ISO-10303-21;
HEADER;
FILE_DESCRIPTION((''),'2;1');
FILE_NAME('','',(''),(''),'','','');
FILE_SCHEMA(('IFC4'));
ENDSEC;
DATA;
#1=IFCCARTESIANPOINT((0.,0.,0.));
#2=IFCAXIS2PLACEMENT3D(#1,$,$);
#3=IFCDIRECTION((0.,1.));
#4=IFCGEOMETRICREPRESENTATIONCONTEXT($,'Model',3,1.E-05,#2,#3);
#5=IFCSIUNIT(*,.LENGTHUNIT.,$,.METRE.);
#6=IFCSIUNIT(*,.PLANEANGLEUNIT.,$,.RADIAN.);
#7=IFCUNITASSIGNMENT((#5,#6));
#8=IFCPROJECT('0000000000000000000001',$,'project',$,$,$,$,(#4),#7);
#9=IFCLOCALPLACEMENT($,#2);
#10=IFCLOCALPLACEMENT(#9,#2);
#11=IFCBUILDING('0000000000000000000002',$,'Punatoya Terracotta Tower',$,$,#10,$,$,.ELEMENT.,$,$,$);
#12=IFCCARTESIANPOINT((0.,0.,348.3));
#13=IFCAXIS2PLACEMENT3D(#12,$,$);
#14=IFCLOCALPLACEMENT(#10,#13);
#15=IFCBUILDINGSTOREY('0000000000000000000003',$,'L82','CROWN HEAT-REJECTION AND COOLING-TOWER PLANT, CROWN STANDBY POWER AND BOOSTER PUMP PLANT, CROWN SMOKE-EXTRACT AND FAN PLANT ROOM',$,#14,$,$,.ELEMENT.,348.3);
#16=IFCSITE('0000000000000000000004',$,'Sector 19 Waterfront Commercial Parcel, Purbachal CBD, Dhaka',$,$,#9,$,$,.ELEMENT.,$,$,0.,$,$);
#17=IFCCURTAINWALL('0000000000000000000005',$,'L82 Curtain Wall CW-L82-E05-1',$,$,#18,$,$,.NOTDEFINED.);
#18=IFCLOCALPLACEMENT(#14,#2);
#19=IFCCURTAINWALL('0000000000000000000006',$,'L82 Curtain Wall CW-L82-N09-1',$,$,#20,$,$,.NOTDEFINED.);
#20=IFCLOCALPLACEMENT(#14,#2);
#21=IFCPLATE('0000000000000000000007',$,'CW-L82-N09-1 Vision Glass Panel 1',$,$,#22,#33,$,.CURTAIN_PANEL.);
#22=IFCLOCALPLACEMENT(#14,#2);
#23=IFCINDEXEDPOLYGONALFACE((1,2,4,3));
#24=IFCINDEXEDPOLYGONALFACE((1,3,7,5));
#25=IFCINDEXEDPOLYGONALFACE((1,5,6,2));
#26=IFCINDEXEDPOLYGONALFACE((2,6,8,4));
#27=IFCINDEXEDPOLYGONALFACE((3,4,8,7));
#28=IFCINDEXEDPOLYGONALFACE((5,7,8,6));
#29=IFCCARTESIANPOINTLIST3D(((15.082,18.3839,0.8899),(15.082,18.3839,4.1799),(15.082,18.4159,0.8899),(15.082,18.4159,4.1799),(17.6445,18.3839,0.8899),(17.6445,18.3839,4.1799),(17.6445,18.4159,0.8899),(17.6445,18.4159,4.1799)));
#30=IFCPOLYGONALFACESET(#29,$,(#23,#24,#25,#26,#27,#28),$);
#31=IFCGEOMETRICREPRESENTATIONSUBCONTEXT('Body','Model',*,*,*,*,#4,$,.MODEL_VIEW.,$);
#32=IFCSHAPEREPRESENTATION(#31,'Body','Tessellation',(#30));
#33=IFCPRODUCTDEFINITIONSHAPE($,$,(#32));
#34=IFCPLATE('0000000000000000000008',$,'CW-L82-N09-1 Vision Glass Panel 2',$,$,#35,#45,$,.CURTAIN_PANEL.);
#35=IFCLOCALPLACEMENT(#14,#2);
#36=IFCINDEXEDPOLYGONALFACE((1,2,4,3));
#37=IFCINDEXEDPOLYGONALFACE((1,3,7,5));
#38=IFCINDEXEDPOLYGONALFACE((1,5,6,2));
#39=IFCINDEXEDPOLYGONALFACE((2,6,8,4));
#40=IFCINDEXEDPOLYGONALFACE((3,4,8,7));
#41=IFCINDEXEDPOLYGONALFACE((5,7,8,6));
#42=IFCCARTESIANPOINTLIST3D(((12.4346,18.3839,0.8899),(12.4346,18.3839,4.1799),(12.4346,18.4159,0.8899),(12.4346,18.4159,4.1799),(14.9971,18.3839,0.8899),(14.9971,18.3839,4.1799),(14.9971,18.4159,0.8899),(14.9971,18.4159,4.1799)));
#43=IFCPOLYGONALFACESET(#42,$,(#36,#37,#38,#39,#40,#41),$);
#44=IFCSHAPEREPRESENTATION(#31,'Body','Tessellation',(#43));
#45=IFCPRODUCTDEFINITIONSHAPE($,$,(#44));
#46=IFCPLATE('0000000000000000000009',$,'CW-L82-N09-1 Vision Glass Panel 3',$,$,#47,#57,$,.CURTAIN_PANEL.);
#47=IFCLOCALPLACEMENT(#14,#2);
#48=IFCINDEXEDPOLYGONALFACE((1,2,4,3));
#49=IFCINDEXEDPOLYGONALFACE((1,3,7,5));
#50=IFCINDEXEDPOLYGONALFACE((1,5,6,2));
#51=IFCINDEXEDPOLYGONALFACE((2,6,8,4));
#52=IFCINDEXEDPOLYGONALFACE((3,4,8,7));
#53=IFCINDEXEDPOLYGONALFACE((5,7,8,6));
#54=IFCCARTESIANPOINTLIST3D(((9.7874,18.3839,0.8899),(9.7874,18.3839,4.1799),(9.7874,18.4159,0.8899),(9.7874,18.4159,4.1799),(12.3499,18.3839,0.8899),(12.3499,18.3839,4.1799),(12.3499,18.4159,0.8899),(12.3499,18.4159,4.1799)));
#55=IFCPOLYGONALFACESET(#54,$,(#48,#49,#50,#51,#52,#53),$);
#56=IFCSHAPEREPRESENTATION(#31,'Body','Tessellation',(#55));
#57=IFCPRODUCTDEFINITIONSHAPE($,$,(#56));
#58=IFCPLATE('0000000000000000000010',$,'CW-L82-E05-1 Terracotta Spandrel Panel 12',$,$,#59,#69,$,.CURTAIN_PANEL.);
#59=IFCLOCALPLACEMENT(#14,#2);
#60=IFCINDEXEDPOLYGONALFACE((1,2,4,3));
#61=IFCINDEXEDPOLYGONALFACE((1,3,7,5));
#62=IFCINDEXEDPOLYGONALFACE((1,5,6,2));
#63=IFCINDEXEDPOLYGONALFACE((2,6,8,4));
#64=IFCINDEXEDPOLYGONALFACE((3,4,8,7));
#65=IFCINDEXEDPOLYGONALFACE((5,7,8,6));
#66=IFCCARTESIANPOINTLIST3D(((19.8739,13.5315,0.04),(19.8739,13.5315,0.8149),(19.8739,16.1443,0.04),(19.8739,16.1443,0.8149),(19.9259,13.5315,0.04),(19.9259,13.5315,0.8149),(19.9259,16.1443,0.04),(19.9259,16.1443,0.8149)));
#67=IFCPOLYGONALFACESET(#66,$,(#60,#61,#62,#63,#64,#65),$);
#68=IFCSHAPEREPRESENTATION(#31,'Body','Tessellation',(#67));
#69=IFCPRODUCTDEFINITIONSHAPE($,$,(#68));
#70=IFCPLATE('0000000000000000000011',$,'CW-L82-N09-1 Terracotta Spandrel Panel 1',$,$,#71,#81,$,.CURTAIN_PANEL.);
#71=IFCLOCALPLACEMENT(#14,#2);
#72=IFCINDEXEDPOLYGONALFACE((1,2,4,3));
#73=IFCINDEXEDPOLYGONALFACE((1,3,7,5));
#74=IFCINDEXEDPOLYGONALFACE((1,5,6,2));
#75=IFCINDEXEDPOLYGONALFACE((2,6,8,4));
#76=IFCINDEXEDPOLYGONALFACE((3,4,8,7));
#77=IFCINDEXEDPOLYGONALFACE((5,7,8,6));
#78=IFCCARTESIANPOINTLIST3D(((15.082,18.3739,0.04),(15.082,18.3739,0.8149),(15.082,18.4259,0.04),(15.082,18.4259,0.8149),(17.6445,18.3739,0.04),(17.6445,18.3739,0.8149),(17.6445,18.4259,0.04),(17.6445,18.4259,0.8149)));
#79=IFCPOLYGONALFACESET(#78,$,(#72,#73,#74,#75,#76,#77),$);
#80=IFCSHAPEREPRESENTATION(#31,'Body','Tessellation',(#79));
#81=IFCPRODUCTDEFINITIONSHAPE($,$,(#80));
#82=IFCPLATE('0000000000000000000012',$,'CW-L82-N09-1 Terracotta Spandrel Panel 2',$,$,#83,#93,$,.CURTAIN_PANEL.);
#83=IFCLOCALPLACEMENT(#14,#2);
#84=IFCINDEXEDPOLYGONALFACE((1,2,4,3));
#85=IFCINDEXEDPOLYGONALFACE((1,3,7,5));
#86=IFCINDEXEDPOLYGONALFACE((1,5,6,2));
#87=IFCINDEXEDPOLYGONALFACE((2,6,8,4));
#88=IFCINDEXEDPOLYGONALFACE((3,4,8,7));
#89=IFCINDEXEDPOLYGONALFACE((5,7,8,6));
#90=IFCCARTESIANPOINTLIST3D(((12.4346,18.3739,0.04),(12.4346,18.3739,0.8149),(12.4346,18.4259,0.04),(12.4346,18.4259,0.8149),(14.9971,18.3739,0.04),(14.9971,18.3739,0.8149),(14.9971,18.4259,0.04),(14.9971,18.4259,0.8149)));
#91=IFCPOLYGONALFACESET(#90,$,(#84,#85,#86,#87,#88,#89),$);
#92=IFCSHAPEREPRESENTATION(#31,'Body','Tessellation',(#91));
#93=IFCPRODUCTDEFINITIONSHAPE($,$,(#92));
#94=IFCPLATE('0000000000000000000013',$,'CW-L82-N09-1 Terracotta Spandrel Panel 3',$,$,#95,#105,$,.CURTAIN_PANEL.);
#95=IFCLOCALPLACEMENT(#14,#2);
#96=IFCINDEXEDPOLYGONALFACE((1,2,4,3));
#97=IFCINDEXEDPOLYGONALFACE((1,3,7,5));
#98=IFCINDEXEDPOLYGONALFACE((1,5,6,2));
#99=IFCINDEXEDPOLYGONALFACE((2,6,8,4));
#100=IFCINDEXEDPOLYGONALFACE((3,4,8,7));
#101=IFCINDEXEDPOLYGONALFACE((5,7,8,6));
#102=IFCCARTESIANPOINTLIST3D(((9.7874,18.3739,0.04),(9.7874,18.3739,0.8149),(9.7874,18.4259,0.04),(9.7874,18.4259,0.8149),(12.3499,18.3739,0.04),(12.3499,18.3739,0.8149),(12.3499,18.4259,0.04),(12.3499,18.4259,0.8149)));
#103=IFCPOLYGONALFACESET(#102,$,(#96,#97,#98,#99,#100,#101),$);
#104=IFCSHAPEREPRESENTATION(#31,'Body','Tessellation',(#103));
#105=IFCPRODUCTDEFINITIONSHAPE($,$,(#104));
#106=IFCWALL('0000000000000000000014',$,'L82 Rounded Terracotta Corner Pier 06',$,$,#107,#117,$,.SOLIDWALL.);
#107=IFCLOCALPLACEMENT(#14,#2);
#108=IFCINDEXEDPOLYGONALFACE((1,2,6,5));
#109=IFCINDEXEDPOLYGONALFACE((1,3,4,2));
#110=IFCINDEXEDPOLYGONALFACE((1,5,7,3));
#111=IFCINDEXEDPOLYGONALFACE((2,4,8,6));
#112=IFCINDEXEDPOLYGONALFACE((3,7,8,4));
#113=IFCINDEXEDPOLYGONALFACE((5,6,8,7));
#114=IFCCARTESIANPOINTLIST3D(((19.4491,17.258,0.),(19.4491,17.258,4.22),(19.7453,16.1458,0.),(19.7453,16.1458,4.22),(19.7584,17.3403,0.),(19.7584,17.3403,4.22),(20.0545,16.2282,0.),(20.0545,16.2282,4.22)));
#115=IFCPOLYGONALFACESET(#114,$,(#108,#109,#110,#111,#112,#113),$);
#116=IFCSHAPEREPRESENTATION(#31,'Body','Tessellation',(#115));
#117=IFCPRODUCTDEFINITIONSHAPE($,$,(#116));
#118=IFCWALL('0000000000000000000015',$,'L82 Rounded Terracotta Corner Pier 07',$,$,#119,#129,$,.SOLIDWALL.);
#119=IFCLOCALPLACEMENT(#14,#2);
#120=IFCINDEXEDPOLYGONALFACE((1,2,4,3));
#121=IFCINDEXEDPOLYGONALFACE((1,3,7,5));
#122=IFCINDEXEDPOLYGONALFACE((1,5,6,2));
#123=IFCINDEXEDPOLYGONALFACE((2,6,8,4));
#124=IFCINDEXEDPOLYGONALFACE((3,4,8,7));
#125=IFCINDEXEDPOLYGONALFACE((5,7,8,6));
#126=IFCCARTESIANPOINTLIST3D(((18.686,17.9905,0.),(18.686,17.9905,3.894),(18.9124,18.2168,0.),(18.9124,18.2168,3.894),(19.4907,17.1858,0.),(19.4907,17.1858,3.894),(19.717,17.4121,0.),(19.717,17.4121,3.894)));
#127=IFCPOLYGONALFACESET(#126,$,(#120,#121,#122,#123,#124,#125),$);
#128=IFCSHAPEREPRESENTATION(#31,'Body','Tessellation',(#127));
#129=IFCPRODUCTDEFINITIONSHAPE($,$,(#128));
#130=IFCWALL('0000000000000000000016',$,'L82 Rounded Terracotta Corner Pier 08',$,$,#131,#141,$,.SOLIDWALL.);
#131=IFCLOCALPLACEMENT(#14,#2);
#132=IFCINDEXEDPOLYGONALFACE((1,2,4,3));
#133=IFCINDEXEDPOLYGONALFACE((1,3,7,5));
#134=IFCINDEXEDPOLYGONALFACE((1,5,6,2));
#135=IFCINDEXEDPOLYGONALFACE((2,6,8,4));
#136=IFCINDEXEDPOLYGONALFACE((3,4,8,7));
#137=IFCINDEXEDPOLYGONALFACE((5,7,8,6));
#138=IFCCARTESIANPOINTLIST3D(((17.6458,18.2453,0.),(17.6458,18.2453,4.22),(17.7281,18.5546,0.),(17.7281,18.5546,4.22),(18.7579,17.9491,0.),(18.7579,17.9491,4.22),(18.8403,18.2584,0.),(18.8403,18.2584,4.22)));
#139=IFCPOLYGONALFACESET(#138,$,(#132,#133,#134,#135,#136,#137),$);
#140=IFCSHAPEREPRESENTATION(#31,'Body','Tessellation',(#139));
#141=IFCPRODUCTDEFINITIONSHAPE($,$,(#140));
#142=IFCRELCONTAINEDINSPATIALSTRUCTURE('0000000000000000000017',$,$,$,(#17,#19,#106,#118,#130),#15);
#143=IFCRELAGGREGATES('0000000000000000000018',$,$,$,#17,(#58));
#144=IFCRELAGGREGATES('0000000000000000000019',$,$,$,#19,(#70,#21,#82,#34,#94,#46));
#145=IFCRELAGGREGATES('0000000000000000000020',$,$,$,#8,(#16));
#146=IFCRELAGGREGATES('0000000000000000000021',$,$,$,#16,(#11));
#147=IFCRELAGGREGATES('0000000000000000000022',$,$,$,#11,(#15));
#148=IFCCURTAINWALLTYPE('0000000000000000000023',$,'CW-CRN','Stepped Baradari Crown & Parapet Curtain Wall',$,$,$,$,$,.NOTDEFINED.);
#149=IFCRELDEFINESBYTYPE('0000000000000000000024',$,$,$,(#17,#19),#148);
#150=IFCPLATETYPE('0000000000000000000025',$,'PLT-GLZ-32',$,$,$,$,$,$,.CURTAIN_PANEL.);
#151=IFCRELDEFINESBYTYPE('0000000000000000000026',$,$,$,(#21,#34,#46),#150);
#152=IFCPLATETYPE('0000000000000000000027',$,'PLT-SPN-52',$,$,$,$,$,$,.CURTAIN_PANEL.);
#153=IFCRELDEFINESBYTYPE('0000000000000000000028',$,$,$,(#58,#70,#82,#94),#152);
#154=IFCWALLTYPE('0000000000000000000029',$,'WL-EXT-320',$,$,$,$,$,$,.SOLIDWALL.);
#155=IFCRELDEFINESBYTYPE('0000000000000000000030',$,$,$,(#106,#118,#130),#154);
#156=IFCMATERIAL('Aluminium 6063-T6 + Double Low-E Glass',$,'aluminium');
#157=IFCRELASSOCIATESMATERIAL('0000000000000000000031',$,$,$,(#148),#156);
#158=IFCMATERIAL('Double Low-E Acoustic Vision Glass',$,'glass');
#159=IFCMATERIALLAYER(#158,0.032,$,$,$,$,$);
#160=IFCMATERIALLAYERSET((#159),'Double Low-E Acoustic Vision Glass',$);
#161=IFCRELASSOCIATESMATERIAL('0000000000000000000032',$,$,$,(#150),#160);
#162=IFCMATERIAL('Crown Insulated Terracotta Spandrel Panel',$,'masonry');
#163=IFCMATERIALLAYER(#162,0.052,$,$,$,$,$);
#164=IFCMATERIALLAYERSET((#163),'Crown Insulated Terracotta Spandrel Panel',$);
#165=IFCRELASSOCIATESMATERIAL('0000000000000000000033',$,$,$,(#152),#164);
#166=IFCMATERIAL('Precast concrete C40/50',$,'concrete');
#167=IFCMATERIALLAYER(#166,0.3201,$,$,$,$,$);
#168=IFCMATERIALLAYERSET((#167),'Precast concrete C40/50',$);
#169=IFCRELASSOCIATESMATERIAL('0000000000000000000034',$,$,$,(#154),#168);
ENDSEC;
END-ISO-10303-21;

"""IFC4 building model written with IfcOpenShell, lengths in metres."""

from ifc_helpers import new_model, si_unit, direction, frame, frame_2d, origin, origin_2d, place, context, subcontext, project, spatial, rectangle, extrude, material, layer, layer_set, type_object, element, aggregate, save


model = new_model("IFC4")

# Units and contexts
model_context = context("Model", 3, precision=1e-05, world=origin(), true_north=direction((0.0, 1.0)))
body_context = subcontext(model_context, "Body", "Model", "MODEL_VIEW")
ifc_project = project(units=[si_unit("LENGTHUNIT", "METRE"), si_unit("PLANEANGLEUNIT", "RADIAN")], contexts=[model_context])

# Site, building, storey
site_placement = place(None, origin())
site = spatial("IfcSite", under=ifc_project, at=site_placement, Name="Sector 19 Waterfront Commercial Parcel, Purbachal CBD, Dhaka", CompositionType="ELEMENT", RefElevation=0.0)
building_placement = place(site_placement, origin())
building = spatial("IfcBuilding", under=site, at=building_placement, Name="Punatoya Terracotta Tower", CompositionType="ELEMENT")
storey_placement = place(building_placement, frame((0.0, 0.0, 348.3)))
storey = spatial("IfcBuildingStorey", under=building, at=storey_placement, Name="L82", Description="CROWN HEAT-REJECTION AND COOLING-TOWER PLANT, CROWN STANDBY POWER AND BOOSTER PUMP PLANT, CROWN SMOKE-EXTRACT AND FAN PLANT ROOM", CompositionType="ELEMENT", Elevation=348.3)

# Curtain walls
ifc_material_1 = material(Name="Aluminium 6063-T6 + Double Low-E Glass", Category="aluminium")
curtain_wall_type = type_object("IfcCurtainWallType", Name="CW-CRN", Description="Stepped Baradari Crown & Parapet Curtain Wall", PredefinedType="NOTDEFINED", material=ifc_material_1)
curtain_wall_1_placement = place(storey_placement, origin())
curtain_wall_1 = element("IfcCurtainWall", 1, at=curtain_wall_1_placement, inside=storey, type_object=curtain_wall_type, Name="L82 Curtain Wall CW-L82-E05-1", PredefinedType="NOTDEFINED")
curtain_wall_2_placement = place(storey_placement, origin())
curtain_wall_2 = element("IfcCurtainWall", 2, at=curtain_wall_2_placement, inside=storey, type_object=curtain_wall_type, Name="L82 Curtain Wall CW-L82-N09-1", PredefinedType="NOTDEFINED")

# Plates
ifc_material_2 = material(Name="Double Low-E Acoustic Vision Glass", Category="glass")
ifc_layer_1 = layer(ifc_material_2, 0.032)
ifc_layer_set_1 = layer_set([ifc_layer_1], Name="Double Low-E Acoustic Vision Glass")
plate_type_1 = type_object("IfcPlateType", Name="PLT-GLZ-32", PredefinedType="CURTAIN_PANEL", material=ifc_layer_set_1)
plate_1_placement = place(storey_placement, frame((16.3633, 18.3999, 0.8899), z_axis=(0.0, 0.0, 1.0), x_axis=(-1.0, 0.0, 0.0)))
plate_1 = element("IfcPlate", 3, at=plate_1_placement, type_object=plate_type_1, Name="CW-L82-N09-1 Vision Glass Panel 1", PredefinedType="CURTAIN_PANEL", context=body_context, shape_type="SweptSolid", body=[
    extrude(rectangle(XDim=2.5625, YDim=0.032, at=origin_2d()), origin(), (0.0, 0.0, 1.0), 3.29),
])
plate_2_placement = place(storey_placement, frame((13.7158, 18.3999, 0.8899), z_axis=(0.0, 0.0, 1.0), x_axis=(-1.0, 0.0, 0.0)))
plate_2 = element("IfcPlate", 4, at=plate_2_placement, type_object=plate_type_1, Name="CW-L82-N09-1 Vision Glass Panel 2", PredefinedType="CURTAIN_PANEL", context=body_context, shape_type="SweptSolid", body=[
    extrude(rectangle(XDim=2.5625, YDim=0.032, at=origin_2d()), origin(), (0.0, 0.0, 1.0), 3.29),
])
plate_3_placement = place(storey_placement, frame((11.0686, 18.3999, 0.8899), z_axis=(0.0, 0.0, 1.0), x_axis=(-1.0, 0.0, 0.0)))
plate_3 = element("IfcPlate", 5, at=plate_3_placement, type_object=plate_type_1, Name="CW-L82-N09-1 Vision Glass Panel 3", PredefinedType="CURTAIN_PANEL", context=body_context, shape_type="SweptSolid", body=[
    extrude(rectangle(XDim=2.5625, YDim=0.032, at=origin_2d()), origin(), (0.0, 0.0, 1.0), 3.29),
])
ifc_material_3 = material(Name="Crown Insulated Terracotta Spandrel Panel", Category="masonry")
ifc_layer_2 = layer(ifc_material_3, 0.052)
ifc_layer_set_2 = layer_set([ifc_layer_2], Name="Crown Insulated Terracotta Spandrel Panel")
plate_type_2 = type_object("IfcPlateType", Name="PLT-SPN-52", PredefinedType="CURTAIN_PANEL", material=ifc_layer_set_2)
plate_4_placement = place(storey_placement, frame((19.8999, 14.8379, 0.04), z_axis=(0.0, 0.0, 1.0), x_axis=(0.0, 1.0, 0.0)))
plate_4 = element("IfcPlate", 6, at=plate_4_placement, type_object=plate_type_2, Name="CW-L82-E05-1 Terracotta Spandrel Panel 12", PredefinedType="CURTAIN_PANEL", context=body_context, shape_type="SweptSolid", body=[
    extrude(rectangle(XDim=2.6128, YDim=0.052, at=origin_2d()), origin(), (0.0, 0.0, 1.0), 0.7749),
])
aggregate(curtain_wall_1, [plate_4])
plate_5_placement = place(storey_placement, frame((16.3633, 18.3999, 0.04), z_axis=(0.0, 0.0, 1.0), x_axis=(-1.0, 0.0, 0.0)))
plate_5 = element("IfcPlate", 7, at=plate_5_placement, type_object=plate_type_2, Name="CW-L82-N09-1 Terracotta Spandrel Panel 1", PredefinedType="CURTAIN_PANEL", context=body_context, shape_type="SweptSolid", body=[
    extrude(rectangle(XDim=2.5625, YDim=0.052, at=origin_2d()), origin(), (0.0, 0.0, 1.0), 0.7749),
])
plate_6_placement = place(storey_placement, frame((13.7158, 18.3999, 0.04), z_axis=(0.0, 0.0, 1.0), x_axis=(-1.0, 0.0, 0.0)))
plate_6 = element("IfcPlate", 8, at=plate_6_placement, type_object=plate_type_2, Name="CW-L82-N09-1 Terracotta Spandrel Panel 2", PredefinedType="CURTAIN_PANEL", context=body_context, shape_type="SweptSolid", body=[
    extrude(rectangle(XDim=2.5625, YDim=0.052, at=origin_2d()), origin(), (0.0, 0.0, 1.0), 0.7749),
])
plate_7_placement = place(storey_placement, frame((11.0686, 18.3999, 0.04), z_axis=(0.0, 0.0, 1.0), x_axis=(-1.0, 0.0, 0.0)))
plate_7 = element("IfcPlate", 9, at=plate_7_placement, type_object=plate_type_2, Name="CW-L82-N09-1 Terracotta Spandrel Panel 3", PredefinedType="CURTAIN_PANEL", context=body_context, shape_type="SweptSolid", body=[
    extrude(rectangle(XDim=2.5625, YDim=0.052, at=origin_2d()), origin(), (0.0, 0.0, 1.0), 0.7749),
])
aggregate(curtain_wall_2, [plate_5, plate_1, plate_6, plate_2, plate_7, plate_3])

# Walls
ifc_material_4 = material(Name="Precast concrete C40/50", Category="concrete")
ifc_layer_3 = layer(ifc_material_4, 0.3201)
ifc_layer_set_3 = layer_set([ifc_layer_3], Name="Precast concrete C40/50")
wall_type = type_object("IfcWallType", Name="WL-EXT-320", PredefinedType="SOLIDWALL", material=ifc_layer_set_3)
wall_1_placement = place(storey_placement, frame((19.8999, 16.187, 0.0), z_axis=(0.0, 0.0, 1.0), x_axis=(-0.257333, 0.966323, 0.0)))
element("IfcWall", 10, at=wall_1_placement, inside=storey, type_object=wall_type, Name="L82 Rounded Terracotta Corner Pier 06", PredefinedType="SOLIDWALL", context=body_context, shape_type="SweptSolid", body=[
    extrude(rectangle(XDim=1.1509, YDim=0.3201, at=frame_2d((0.5754, 0.0))), origin(), (0.0, 0.0, 1.0), 4.22),
])
wall_2_placement = place(storey_placement, frame((19.6038, 17.2991, 0.0), z_axis=(0.0, 0.0, 1.0), x_axis=(-0.707107, 0.707107, 0.0)))
element("IfcWall", 11, at=wall_2_placement, inside=storey, type_object=wall_type, Name="L82 Rounded Terracotta Corner Pier 07", PredefinedType="SOLIDWALL", context=body_context, shape_type="SweptSolid", body=[
    extrude(rectangle(XDim=1.1379, YDim=0.3201, at=frame_2d((0.5688, 0.0))), origin(), (0.0, 0.0, 1.0), 3.894),
])
wall_3_placement = place(storey_placement, frame((18.7991, 18.1038, 0.0), z_axis=(0.0, 0.0, 1.0), x_axis=(-0.966323, 0.257333, 0.0)))
element("IfcWall", 12, at=wall_3_placement, inside=storey, type_object=wall_type, Name="L82 Rounded Terracotta Corner Pier 08", PredefinedType="SOLIDWALL", context=body_context, shape_type="SweptSolid", body=[
    extrude(rectangle(XDim=1.1509, YDim=0.3201, at=frame_2d((0.5754, 0.0))), origin(), (0.0, 0.0, 1.0), 4.22),
])

save(model, "model.ifc")
